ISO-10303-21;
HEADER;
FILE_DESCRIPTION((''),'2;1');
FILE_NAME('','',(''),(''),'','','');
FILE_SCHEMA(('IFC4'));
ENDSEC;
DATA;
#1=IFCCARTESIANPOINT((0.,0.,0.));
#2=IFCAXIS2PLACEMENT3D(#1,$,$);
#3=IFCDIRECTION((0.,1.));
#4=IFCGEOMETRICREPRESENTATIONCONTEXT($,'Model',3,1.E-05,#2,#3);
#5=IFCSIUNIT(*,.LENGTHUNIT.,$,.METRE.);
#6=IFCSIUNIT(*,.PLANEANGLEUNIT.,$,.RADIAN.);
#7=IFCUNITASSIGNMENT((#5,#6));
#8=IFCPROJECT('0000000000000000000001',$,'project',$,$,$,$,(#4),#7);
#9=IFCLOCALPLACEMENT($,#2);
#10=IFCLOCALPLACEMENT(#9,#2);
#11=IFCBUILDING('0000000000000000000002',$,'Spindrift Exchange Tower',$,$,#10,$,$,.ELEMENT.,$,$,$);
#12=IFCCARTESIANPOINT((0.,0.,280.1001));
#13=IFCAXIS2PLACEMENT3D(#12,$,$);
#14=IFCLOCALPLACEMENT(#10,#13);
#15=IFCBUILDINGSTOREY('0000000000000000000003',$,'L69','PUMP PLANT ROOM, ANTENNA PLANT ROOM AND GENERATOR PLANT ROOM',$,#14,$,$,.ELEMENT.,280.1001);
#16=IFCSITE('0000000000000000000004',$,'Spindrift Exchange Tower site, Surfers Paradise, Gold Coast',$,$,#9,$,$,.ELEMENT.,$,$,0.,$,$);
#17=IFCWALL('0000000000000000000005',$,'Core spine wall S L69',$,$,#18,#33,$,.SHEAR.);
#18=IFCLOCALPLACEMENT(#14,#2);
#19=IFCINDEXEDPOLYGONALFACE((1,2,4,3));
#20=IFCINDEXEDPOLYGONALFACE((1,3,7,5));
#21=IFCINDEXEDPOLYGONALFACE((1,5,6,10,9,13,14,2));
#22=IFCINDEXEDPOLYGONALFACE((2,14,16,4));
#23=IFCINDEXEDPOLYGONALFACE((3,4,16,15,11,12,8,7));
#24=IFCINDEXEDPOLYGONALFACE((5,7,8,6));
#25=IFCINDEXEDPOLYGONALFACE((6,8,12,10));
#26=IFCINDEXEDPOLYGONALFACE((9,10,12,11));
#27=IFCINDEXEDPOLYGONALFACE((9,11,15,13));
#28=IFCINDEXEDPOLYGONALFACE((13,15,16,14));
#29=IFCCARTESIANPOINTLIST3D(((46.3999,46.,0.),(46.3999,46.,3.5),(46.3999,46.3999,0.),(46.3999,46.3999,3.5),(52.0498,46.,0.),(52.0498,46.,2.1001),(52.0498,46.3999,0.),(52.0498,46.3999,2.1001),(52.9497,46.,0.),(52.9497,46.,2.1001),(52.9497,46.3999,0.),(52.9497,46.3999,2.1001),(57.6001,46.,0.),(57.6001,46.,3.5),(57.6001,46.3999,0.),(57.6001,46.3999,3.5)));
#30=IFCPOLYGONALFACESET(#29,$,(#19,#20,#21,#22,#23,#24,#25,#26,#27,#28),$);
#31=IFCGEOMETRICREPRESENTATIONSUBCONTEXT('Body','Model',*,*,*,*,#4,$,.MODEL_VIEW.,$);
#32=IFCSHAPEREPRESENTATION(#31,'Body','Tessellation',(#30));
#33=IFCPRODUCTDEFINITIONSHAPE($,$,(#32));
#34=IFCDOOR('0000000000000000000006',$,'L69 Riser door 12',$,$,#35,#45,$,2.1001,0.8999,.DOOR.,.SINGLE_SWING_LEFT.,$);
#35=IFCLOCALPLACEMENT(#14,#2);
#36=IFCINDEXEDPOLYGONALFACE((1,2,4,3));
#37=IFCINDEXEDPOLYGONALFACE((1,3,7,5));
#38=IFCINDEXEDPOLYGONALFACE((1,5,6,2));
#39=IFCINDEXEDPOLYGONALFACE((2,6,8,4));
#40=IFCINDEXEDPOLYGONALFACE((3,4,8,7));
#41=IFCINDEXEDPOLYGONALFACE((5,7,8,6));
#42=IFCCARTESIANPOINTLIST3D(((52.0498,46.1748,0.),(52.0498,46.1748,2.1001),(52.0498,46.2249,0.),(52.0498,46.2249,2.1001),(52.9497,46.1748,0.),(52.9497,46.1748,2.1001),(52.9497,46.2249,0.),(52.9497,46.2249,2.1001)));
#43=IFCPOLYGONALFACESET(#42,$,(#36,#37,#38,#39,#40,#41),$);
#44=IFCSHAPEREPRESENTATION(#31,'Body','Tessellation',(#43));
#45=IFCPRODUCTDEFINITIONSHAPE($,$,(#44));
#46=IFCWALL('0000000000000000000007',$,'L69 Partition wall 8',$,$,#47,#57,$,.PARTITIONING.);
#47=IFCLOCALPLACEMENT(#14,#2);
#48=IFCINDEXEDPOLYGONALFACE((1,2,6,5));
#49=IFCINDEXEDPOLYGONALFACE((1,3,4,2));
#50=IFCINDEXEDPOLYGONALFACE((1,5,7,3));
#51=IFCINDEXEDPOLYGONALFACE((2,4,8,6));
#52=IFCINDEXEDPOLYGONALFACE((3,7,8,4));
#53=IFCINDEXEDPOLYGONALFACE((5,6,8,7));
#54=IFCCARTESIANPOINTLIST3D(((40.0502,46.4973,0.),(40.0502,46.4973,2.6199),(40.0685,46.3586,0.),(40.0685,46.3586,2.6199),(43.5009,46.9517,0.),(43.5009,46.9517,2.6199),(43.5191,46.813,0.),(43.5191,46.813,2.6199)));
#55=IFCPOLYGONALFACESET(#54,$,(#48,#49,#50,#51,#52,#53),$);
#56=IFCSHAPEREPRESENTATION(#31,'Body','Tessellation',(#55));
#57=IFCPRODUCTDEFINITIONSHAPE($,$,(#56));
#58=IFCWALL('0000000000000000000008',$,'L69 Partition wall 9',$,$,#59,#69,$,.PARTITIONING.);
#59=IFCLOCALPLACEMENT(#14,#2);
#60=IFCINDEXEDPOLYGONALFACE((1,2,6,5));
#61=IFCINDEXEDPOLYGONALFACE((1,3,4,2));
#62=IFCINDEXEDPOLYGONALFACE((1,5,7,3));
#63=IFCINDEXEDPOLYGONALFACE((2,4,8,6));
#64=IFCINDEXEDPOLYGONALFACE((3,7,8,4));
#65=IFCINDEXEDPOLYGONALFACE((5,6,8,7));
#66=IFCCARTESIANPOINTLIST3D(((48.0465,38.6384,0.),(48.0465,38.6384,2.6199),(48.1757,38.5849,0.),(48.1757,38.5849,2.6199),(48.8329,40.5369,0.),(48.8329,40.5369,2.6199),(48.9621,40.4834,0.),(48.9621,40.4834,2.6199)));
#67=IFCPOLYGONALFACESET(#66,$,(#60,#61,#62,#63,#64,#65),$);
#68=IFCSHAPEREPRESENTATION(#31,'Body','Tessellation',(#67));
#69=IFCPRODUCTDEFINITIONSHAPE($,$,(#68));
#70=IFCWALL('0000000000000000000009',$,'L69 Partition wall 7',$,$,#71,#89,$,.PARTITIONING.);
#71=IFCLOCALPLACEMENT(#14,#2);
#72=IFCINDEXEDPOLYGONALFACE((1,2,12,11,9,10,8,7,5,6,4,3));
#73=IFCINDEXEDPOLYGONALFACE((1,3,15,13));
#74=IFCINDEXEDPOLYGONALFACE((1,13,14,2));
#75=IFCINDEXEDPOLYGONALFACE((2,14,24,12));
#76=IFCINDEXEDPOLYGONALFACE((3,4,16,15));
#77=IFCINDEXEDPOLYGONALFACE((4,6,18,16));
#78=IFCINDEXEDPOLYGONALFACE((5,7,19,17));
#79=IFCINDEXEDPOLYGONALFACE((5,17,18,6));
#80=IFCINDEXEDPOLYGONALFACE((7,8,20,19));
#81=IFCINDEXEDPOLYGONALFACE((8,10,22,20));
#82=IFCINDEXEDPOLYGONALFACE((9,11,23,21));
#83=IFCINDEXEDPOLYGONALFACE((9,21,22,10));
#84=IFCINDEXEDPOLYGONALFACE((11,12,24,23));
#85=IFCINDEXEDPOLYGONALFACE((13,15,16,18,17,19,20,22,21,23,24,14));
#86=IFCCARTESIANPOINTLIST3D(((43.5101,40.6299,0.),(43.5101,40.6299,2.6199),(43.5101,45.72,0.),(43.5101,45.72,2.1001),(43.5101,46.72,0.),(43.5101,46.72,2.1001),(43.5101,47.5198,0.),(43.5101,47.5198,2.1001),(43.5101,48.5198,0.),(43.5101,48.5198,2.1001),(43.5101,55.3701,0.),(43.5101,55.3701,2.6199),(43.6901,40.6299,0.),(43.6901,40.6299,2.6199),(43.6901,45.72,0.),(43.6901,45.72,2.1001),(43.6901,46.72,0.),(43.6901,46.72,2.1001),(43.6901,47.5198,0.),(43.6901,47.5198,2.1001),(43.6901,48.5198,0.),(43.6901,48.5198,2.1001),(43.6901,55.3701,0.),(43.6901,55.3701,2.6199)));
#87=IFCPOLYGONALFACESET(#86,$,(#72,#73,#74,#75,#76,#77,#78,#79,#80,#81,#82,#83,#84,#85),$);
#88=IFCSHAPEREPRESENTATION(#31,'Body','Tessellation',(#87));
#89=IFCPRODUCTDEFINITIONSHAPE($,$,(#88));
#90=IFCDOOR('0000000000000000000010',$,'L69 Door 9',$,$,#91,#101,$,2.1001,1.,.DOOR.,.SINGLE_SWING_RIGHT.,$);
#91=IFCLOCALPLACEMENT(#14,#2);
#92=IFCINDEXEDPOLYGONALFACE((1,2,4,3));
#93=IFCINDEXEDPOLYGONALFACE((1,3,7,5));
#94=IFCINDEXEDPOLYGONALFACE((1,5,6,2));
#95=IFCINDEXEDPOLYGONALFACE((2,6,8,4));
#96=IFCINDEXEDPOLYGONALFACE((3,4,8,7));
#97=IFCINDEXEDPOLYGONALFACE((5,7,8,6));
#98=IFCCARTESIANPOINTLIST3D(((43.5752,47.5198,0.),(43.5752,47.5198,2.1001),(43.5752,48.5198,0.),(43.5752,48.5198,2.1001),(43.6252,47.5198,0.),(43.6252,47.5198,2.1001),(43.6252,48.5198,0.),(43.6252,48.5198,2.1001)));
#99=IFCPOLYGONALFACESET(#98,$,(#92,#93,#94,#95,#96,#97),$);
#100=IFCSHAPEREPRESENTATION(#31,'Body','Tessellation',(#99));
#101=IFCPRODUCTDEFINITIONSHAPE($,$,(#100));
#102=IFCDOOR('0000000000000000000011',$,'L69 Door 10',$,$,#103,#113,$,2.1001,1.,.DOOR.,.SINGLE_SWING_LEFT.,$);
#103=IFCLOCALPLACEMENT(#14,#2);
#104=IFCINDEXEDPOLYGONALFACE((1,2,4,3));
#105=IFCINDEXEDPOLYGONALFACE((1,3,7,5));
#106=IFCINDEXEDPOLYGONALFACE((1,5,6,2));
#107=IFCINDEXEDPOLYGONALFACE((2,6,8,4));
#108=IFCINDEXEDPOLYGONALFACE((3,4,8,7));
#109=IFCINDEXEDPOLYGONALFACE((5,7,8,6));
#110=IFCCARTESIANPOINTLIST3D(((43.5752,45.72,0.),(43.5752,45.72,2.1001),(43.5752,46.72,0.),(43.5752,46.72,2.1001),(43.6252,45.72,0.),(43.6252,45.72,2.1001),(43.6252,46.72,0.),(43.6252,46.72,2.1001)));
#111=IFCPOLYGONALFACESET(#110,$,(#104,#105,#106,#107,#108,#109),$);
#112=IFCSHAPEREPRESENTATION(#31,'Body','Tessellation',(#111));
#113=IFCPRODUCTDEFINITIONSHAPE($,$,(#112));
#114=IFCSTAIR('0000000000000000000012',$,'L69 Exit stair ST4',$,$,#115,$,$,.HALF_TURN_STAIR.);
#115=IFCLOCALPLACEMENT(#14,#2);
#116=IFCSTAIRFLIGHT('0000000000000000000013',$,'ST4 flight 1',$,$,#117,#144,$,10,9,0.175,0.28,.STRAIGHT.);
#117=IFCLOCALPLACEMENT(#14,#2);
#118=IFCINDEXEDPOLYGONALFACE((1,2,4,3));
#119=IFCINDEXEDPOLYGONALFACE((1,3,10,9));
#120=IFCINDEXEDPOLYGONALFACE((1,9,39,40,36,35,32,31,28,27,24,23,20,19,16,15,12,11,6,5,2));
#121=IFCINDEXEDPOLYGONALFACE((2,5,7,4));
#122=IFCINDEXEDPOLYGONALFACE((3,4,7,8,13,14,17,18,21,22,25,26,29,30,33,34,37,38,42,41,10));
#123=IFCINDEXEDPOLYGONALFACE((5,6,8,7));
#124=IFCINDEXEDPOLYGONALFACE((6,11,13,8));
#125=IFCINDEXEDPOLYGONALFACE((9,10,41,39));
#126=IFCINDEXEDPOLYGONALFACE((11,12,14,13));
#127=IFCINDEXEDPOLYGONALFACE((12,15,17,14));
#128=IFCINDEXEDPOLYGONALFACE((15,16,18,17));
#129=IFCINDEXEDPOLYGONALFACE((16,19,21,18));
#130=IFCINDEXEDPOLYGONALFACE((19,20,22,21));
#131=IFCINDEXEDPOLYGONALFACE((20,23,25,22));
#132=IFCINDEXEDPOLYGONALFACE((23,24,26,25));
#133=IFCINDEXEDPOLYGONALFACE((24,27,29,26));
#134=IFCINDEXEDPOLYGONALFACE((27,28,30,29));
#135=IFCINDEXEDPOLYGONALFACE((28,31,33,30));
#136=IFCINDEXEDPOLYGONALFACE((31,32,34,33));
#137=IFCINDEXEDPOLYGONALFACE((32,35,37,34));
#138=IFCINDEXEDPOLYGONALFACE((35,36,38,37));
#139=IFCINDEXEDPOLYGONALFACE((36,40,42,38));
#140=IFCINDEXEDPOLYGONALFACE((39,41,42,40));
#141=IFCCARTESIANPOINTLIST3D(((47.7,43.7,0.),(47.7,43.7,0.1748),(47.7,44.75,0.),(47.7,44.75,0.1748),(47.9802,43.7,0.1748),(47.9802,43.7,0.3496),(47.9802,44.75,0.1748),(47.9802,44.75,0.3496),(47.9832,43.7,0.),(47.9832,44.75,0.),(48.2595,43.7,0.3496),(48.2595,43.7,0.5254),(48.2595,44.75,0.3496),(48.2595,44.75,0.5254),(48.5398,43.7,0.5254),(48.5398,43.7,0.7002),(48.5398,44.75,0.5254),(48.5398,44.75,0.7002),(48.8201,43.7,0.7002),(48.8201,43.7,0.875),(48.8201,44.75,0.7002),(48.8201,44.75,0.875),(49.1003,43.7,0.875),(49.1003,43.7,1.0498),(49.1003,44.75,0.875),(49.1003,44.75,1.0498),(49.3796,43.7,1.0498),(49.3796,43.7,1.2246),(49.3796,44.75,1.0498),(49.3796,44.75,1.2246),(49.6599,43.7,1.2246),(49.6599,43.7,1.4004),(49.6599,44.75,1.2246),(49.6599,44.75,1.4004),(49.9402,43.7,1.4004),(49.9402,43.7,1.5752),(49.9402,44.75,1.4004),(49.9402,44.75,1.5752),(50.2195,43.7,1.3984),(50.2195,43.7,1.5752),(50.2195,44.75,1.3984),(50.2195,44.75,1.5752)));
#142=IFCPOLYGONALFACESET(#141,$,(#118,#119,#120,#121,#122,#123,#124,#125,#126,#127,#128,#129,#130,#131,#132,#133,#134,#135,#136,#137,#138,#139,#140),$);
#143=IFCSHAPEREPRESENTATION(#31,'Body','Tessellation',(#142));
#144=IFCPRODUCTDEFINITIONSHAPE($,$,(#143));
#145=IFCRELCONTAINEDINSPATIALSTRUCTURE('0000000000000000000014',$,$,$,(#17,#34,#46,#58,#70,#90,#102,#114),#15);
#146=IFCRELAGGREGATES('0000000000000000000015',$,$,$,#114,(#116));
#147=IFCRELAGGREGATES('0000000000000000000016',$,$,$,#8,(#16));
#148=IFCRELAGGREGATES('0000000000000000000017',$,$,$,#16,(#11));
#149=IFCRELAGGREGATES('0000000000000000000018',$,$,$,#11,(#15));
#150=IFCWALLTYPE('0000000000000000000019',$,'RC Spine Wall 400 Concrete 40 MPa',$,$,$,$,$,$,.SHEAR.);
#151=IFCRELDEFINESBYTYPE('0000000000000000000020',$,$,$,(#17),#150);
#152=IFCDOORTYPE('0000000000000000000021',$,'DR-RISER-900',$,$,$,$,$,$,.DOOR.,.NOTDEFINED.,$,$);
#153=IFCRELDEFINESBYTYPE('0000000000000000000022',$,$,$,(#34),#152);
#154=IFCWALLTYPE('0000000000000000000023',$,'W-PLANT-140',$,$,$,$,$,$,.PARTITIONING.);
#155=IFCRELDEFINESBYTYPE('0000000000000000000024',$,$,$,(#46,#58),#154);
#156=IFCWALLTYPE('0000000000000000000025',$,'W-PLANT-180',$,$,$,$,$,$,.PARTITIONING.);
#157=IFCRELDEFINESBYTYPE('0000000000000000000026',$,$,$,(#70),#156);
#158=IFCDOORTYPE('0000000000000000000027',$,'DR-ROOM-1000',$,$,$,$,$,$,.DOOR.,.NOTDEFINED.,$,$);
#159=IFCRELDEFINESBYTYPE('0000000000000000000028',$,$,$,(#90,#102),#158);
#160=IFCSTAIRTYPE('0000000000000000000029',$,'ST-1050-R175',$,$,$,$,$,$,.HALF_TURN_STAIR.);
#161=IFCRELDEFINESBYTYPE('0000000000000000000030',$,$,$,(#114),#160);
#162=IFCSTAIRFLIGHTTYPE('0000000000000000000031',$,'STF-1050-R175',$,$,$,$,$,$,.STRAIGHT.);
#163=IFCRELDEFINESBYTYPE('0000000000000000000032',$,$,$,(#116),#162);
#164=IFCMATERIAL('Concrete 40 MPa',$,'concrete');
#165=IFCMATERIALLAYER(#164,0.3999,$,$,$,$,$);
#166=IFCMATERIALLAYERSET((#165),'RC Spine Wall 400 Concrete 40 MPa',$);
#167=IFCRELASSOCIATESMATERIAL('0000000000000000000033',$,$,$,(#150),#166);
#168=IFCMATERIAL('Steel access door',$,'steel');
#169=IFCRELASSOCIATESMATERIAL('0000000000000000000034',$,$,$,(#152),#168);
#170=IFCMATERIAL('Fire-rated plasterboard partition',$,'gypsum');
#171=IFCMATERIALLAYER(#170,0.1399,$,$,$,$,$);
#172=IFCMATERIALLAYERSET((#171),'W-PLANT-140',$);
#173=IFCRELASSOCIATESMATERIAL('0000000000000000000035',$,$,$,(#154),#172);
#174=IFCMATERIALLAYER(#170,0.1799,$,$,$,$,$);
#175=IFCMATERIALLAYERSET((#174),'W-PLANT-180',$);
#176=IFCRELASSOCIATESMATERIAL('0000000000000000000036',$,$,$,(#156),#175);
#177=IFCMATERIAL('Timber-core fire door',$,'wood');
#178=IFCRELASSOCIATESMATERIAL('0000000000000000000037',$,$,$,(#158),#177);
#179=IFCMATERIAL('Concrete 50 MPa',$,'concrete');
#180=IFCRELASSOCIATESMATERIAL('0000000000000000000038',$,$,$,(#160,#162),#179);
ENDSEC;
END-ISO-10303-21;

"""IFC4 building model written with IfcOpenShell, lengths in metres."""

from ifc_helpers import new_model, si_unit, direction, frame, frame_2d, origin, place, context, subcontext, project, spatial, line, indexed_curve, rectangle, outline, extrude, source, transform, mapped, material, layer, layer_set, type_object, element, fill, aggregate, save


model = new_model("IFC4")

# Units and contexts
model_context = context("Model", 3, precision=1e-05, world=origin(), true_north=direction((0.0, 1.0)))
body_context = subcontext(model_context, "Body", "Model", "MODEL_VIEW")
ifc_project = project(units=[si_unit("LENGTHUNIT", "METRE"), si_unit("PLANEANGLEUNIT", "RADIAN")], contexts=[model_context])

# Site, building, storey
site_placement = place(None, origin())
site = spatial("IfcSite", under=ifc_project, at=site_placement, Name="Spindrift Exchange Tower site, Surfers Paradise, Gold Coast", CompositionType="ELEMENT", RefElevation=0.0)
building_placement = place(site_placement, origin())
building = spatial("IfcBuilding", under=site, at=building_placement, Name="Spindrift Exchange Tower", CompositionType="ELEMENT")
storey_placement = place(building_placement, frame((0.0, 0.0, 280.1001)))
storey = spatial("IfcBuildingStorey", under=building, at=storey_placement, Name="L69", Description="PUMP PLANT ROOM, ANTENNA PLANT ROOM AND GENERATOR PLANT ROOM", CompositionType="ELEMENT", Elevation=280.1001)

# Shared definitions
ifc_material_1 = material(Name="Concrete 40 MPa", Category="concrete")

# Wall, opening, door
ifc_layer_1 = layer(ifc_material_1, 0.3999)
ifc_layer_set_1 = layer_set([ifc_layer_1], Name="RC Spine Wall 400 Concrete 40 MPa")
wall_type_1 = type_object("IfcWallType", Name="RC Spine Wall 400 Concrete 40 MPa", PredefinedType="SHEAR", material=ifc_layer_set_1)
wall_1_placement = place(storey_placement, frame((46.3999, 46.2, 0.0), z_axis=(0.0, 0.0, 1.0), x_axis=(1.0, 0.0, 0.0)))
wall_1 = element("IfcWall", 1, at=wall_1_placement, inside=storey, type_object=wall_type_1, Name="Core spine wall S L69", PredefinedType="SHEAR", context=body_context, shape_type="SweptSolid", body=[
    extrude(rectangle(XDim=11.2002, YDim=0.3999, at=frame_2d((5.6001, 0.0))), origin(), (0.0, 0.0, 1.0), 3.5),
])
opening_1_placement = place(wall_1_placement, frame((5.6499, 0.0, 0.0)))
opening_1 = element("IfcOpeningElement", 2, at=opening_1_placement, cuts=wall_1, PredefinedType="OPENING", context=body_context, shape_type="SweptSolid", body=[
    extrude(rectangle(XDim=0.8999, YDim=2.1001, at=frame_2d((0.45, 1.05))), frame((0.0, 0.21, 0.0), z_axis=(0.0, -1.0, 0.0), x_axis=(1.0, 0.0, 0.0)), (0.0, 0.0, 1.0), 0.4199),
])
ifc_material_2 = material(Name="Steel access door", Category="steel")
door_type_1 = type_object("IfcDoorType", Name="DR-RISER-900", OperationType="NOTDEFINED", PredefinedType="DOOR", material=ifc_material_2)
shared_shape_1 = source(origin(), body_context, "Body", "SweptSolid", [
    extrude(rectangle(XDim=0.8999, YDim=2.1001, at=frame_2d((0.45, 1.05))), frame((0.0, 0.0249, 0.0), z_axis=(0.0, -1.0, 0.0), x_axis=(1.0, 0.0, 0.0)), (0.0, 0.0, 1.0), 0.05),
])
door_1_placement = place(opening_1_placement, origin())
door_1 = element("IfcDoor", 3, at=door_1_placement, inside=storey, type_object=door_type_1, Name="L69 Riser door 12", OperationType="SINGLE_SWING_LEFT", OverallHeight=2.1001, OverallWidth=0.8999, PredefinedType="DOOR", context=body_context, shape_type="MappedRepresentation", body=[
    mapped(shared_shape_1, transform((0.0, 0.0, 0.0), scale=1.0)),
])
fill(opening_1, door_1)

# Walls
ifc_material_3 = material(Name="Fire-rated plasterboard partition", Category="gypsum")
ifc_layer_2 = layer(ifc_material_3, 0.1399)
ifc_layer_set_2 = layer_set([ifc_layer_2], Name="W-PLANT-140")
wall_type_2 = type_object("IfcWallType", Name="W-PLANT-140", PredefinedType="PARTITIONING", material=ifc_layer_set_2)
wall_2_placement = place(storey_placement, frame((43.51, 46.8823, 0.0), z_axis=(0.0, 0.0, 1.0), x_axis=(-0.991443, -0.130542, 0.0)))
element("IfcWall", 4, at=wall_2_placement, inside=storey, type_object=wall_type_2, Name="L69 Partition wall 8", PredefinedType="PARTITIONING", context=body_context, shape_type="SweptSolid", body=[
    extrude(rectangle(XDim=3.4805, YDim=0.1399, at=frame_2d((1.7402, 0.0))), origin(), (0.0, 0.0, 1.0), 2.6199),
])
wall_3_placement = place(storey_placement, frame((48.8975, 40.51, 0.0), z_axis=(0.0, 0.0, 1.0), x_axis=(-0.382691, -0.923876, 0.0)))
element("IfcWall", 5, at=wall_3_placement, inside=storey, type_object=wall_type_2, Name="L69 Partition wall 9", PredefinedType="PARTITIONING", context=body_context, shape_type="SweptSolid", body=[
    extrude(rectangle(XDim=2.0549, YDim=0.1399, at=frame_2d((1.0273, 0.0))), origin(), (0.0, 0.0, 1.0), 2.6199),
])

# Wall, openings, doors
ifc_layer_3 = layer(ifc_material_3, 0.1799)
ifc_layer_set_3 = layer_set([ifc_layer_3], Name="W-PLANT-180")
wall_type_3 = type_object("IfcWallType", Name="W-PLANT-180", PredefinedType="PARTITIONING", material=ifc_layer_set_3)
wall_4_placement = place(storey_placement, frame((43.6001, 40.6299, 0.0), z_axis=(0.0, 0.0, 1.0), x_axis=(0.0, 1.0, 0.0)))
wall_4 = element("IfcWall", 6, at=wall_4_placement, inside=storey, type_object=wall_type_3, Name="L69 Partition wall 7", PredefinedType="PARTITIONING", context=body_context, shape_type="SweptSolid", body=[
    extrude(rectangle(XDim=14.7402, YDim=0.1799, at=frame_2d((7.3701, 0.0))), origin(), (0.0, 0.0, 1.0), 2.6199),
])
opening_2_placement = place(wall_4_placement, frame((6.8899, 0.0, 0.0)))
opening_2 = element("IfcOpeningElement", 7, at=opening_2_placement, cuts=wall_4, PredefinedType="OPENING", context=body_context, shape_type="SweptSolid", body=[
    extrude(rectangle(XDim=1.0, YDim=2.1001, at=frame_2d((0.5, 1.05))), frame((0.0, 0.0999, 0.0), z_axis=(0.0, -1.0, 0.0), x_axis=(1.0, 0.0, 0.0)), (0.0, 0.0, 1.0), 0.2),
])
opening_3_placement = place(wall_4_placement, frame((5.0901, 0.0, 0.0)))
opening_3 = element("IfcOpeningElement", 8, at=opening_3_placement, cuts=wall_4, PredefinedType="OPENING", context=body_context, shape_type="SweptSolid", body=[
    extrude(rectangle(XDim=1.0, YDim=2.1001, at=frame_2d((0.5, 1.05))), frame((0.0, 0.0999, 0.0), z_axis=(0.0, -1.0, 0.0), x_axis=(1.0, 0.0, 0.0)), (0.0, 0.0, 1.0), 0.2),
])
ifc_material_4 = material(Name="Timber-core fire door", Category="wood")
door_type_2 = type_object("IfcDoorType", Name="DR-ROOM-1000", OperationType="NOTDEFINED", PredefinedType="DOOR", material=ifc_material_4)
shared_shape_2 = source(origin(), body_context, "Body", "SweptSolid", [
    extrude(rectangle(XDim=1.0, YDim=2.1001, at=frame_2d((0.5, 1.05))), frame((0.0, 0.0249, 0.0), z_axis=(0.0, -1.0, 0.0), x_axis=(1.0, 0.0, 0.0)), (0.0, 0.0, 1.0), 0.05),
])
door_2_placement = place(opening_2_placement, origin())
door_2 = element("IfcDoor", 9, at=door_2_placement, inside=storey, type_object=door_type_2, Name="L69 Door 9", OperationType="SINGLE_SWING_RIGHT", OverallHeight=2.1001, OverallWidth=1.0, PredefinedType="DOOR", context=body_context, shape_type="MappedRepresentation", body=[
    mapped(shared_shape_2, transform((0.0, 0.0, 0.0), scale=1.0)),
])
fill(opening_2, door_2)
door_3_placement = place(opening_3_placement, origin())
door_3 = element("IfcDoor", 10, at=door_3_placement, inside=storey, type_object=door_type_2, Name="L69 Door 10", OperationType="SINGLE_SWING_LEFT", OverallHeight=2.1001, OverallWidth=1.0, PredefinedType="DOOR", context=body_context, shape_type="MappedRepresentation", body=[
    mapped(shared_shape_2, transform((0.0, 0.0, 0.0), scale=1.0)),
])
fill(opening_3, door_3)

# Stair, stair flight
ifc_material_5 = material(Name="Concrete 50 MPa", Category="concrete")
stair_type = type_object("IfcStairType", Name="ST-1050-R175", PredefinedType="HALF_TURN_STAIR", material=ifc_material_5)
stair_placement = place(storey_placement, origin())
stair = element("IfcStair", 11, at=stair_placement, inside=storey, type_object=stair_type, Name="L69 Exit stair ST4", PredefinedType="HALF_TURN_STAIR")
stair_flight_type = type_object("IfcStairFlightType", Name="STF-1050-R175", PredefinedType="STRAIGHT", material=ifc_material_5)
stair_flight_1_placement = place(storey_placement, frame((47.7, 44.2251, 0.0), z_axis=(0.0, 0.0, 1.0), x_axis=(1.0, 0.0, 0.0)))
stair_flight_1 = element("IfcStairFlight", 12, at=stair_flight_1_placement, type_object=stair_flight_type, Name="ST4 flight 1", NumberOfRisers=10, NumberOfTreads=9, PredefinedType="STRAIGHT", RiserHeight=0.175, TreadLength=0.28, context=body_context, shape_type="SweptSolid", body=[
    extrude(outline(indexed_curve([(0.0, 0.0), (0.0, 0.1748), (0.2803, 0.1748), (0.2803, 0.3496), (0.5596, 0.3496), (0.5596, 0.5254), (0.8398, 0.5254), (0.8398, 0.7002), (1.1201, 0.7002), (1.1201, 0.875), (1.4004, 0.875), (1.4004, 1.0498), (1.6797, 1.0498), (1.6797, 1.2246), (1.96, 1.2246), (1.96, 1.4004), (2.2402, 1.4004), (2.2402, 1.5752), (2.5195, 1.5752), (2.5195, 1.75), (2.5195, 1.3984), (0.2832, 0.0)], segments=[line(1, 2, 3, 4, 5, 6, 7, 8, 9, 10, 11, 12, 13, 14, 15, 16, 17, 18, 19, 20, 21, 22, 1)], self_intersect=False)), frame((0.0, 0.5249, 0.0), z_axis=(0.0, -1.0, 0.0), x_axis=(1.0, 0.0, 0.0)), (0.0, 0.0, 1.0), 1.05),
])
aggregate(stair, [stair_flight_1])

save(model, "model.ifc")
